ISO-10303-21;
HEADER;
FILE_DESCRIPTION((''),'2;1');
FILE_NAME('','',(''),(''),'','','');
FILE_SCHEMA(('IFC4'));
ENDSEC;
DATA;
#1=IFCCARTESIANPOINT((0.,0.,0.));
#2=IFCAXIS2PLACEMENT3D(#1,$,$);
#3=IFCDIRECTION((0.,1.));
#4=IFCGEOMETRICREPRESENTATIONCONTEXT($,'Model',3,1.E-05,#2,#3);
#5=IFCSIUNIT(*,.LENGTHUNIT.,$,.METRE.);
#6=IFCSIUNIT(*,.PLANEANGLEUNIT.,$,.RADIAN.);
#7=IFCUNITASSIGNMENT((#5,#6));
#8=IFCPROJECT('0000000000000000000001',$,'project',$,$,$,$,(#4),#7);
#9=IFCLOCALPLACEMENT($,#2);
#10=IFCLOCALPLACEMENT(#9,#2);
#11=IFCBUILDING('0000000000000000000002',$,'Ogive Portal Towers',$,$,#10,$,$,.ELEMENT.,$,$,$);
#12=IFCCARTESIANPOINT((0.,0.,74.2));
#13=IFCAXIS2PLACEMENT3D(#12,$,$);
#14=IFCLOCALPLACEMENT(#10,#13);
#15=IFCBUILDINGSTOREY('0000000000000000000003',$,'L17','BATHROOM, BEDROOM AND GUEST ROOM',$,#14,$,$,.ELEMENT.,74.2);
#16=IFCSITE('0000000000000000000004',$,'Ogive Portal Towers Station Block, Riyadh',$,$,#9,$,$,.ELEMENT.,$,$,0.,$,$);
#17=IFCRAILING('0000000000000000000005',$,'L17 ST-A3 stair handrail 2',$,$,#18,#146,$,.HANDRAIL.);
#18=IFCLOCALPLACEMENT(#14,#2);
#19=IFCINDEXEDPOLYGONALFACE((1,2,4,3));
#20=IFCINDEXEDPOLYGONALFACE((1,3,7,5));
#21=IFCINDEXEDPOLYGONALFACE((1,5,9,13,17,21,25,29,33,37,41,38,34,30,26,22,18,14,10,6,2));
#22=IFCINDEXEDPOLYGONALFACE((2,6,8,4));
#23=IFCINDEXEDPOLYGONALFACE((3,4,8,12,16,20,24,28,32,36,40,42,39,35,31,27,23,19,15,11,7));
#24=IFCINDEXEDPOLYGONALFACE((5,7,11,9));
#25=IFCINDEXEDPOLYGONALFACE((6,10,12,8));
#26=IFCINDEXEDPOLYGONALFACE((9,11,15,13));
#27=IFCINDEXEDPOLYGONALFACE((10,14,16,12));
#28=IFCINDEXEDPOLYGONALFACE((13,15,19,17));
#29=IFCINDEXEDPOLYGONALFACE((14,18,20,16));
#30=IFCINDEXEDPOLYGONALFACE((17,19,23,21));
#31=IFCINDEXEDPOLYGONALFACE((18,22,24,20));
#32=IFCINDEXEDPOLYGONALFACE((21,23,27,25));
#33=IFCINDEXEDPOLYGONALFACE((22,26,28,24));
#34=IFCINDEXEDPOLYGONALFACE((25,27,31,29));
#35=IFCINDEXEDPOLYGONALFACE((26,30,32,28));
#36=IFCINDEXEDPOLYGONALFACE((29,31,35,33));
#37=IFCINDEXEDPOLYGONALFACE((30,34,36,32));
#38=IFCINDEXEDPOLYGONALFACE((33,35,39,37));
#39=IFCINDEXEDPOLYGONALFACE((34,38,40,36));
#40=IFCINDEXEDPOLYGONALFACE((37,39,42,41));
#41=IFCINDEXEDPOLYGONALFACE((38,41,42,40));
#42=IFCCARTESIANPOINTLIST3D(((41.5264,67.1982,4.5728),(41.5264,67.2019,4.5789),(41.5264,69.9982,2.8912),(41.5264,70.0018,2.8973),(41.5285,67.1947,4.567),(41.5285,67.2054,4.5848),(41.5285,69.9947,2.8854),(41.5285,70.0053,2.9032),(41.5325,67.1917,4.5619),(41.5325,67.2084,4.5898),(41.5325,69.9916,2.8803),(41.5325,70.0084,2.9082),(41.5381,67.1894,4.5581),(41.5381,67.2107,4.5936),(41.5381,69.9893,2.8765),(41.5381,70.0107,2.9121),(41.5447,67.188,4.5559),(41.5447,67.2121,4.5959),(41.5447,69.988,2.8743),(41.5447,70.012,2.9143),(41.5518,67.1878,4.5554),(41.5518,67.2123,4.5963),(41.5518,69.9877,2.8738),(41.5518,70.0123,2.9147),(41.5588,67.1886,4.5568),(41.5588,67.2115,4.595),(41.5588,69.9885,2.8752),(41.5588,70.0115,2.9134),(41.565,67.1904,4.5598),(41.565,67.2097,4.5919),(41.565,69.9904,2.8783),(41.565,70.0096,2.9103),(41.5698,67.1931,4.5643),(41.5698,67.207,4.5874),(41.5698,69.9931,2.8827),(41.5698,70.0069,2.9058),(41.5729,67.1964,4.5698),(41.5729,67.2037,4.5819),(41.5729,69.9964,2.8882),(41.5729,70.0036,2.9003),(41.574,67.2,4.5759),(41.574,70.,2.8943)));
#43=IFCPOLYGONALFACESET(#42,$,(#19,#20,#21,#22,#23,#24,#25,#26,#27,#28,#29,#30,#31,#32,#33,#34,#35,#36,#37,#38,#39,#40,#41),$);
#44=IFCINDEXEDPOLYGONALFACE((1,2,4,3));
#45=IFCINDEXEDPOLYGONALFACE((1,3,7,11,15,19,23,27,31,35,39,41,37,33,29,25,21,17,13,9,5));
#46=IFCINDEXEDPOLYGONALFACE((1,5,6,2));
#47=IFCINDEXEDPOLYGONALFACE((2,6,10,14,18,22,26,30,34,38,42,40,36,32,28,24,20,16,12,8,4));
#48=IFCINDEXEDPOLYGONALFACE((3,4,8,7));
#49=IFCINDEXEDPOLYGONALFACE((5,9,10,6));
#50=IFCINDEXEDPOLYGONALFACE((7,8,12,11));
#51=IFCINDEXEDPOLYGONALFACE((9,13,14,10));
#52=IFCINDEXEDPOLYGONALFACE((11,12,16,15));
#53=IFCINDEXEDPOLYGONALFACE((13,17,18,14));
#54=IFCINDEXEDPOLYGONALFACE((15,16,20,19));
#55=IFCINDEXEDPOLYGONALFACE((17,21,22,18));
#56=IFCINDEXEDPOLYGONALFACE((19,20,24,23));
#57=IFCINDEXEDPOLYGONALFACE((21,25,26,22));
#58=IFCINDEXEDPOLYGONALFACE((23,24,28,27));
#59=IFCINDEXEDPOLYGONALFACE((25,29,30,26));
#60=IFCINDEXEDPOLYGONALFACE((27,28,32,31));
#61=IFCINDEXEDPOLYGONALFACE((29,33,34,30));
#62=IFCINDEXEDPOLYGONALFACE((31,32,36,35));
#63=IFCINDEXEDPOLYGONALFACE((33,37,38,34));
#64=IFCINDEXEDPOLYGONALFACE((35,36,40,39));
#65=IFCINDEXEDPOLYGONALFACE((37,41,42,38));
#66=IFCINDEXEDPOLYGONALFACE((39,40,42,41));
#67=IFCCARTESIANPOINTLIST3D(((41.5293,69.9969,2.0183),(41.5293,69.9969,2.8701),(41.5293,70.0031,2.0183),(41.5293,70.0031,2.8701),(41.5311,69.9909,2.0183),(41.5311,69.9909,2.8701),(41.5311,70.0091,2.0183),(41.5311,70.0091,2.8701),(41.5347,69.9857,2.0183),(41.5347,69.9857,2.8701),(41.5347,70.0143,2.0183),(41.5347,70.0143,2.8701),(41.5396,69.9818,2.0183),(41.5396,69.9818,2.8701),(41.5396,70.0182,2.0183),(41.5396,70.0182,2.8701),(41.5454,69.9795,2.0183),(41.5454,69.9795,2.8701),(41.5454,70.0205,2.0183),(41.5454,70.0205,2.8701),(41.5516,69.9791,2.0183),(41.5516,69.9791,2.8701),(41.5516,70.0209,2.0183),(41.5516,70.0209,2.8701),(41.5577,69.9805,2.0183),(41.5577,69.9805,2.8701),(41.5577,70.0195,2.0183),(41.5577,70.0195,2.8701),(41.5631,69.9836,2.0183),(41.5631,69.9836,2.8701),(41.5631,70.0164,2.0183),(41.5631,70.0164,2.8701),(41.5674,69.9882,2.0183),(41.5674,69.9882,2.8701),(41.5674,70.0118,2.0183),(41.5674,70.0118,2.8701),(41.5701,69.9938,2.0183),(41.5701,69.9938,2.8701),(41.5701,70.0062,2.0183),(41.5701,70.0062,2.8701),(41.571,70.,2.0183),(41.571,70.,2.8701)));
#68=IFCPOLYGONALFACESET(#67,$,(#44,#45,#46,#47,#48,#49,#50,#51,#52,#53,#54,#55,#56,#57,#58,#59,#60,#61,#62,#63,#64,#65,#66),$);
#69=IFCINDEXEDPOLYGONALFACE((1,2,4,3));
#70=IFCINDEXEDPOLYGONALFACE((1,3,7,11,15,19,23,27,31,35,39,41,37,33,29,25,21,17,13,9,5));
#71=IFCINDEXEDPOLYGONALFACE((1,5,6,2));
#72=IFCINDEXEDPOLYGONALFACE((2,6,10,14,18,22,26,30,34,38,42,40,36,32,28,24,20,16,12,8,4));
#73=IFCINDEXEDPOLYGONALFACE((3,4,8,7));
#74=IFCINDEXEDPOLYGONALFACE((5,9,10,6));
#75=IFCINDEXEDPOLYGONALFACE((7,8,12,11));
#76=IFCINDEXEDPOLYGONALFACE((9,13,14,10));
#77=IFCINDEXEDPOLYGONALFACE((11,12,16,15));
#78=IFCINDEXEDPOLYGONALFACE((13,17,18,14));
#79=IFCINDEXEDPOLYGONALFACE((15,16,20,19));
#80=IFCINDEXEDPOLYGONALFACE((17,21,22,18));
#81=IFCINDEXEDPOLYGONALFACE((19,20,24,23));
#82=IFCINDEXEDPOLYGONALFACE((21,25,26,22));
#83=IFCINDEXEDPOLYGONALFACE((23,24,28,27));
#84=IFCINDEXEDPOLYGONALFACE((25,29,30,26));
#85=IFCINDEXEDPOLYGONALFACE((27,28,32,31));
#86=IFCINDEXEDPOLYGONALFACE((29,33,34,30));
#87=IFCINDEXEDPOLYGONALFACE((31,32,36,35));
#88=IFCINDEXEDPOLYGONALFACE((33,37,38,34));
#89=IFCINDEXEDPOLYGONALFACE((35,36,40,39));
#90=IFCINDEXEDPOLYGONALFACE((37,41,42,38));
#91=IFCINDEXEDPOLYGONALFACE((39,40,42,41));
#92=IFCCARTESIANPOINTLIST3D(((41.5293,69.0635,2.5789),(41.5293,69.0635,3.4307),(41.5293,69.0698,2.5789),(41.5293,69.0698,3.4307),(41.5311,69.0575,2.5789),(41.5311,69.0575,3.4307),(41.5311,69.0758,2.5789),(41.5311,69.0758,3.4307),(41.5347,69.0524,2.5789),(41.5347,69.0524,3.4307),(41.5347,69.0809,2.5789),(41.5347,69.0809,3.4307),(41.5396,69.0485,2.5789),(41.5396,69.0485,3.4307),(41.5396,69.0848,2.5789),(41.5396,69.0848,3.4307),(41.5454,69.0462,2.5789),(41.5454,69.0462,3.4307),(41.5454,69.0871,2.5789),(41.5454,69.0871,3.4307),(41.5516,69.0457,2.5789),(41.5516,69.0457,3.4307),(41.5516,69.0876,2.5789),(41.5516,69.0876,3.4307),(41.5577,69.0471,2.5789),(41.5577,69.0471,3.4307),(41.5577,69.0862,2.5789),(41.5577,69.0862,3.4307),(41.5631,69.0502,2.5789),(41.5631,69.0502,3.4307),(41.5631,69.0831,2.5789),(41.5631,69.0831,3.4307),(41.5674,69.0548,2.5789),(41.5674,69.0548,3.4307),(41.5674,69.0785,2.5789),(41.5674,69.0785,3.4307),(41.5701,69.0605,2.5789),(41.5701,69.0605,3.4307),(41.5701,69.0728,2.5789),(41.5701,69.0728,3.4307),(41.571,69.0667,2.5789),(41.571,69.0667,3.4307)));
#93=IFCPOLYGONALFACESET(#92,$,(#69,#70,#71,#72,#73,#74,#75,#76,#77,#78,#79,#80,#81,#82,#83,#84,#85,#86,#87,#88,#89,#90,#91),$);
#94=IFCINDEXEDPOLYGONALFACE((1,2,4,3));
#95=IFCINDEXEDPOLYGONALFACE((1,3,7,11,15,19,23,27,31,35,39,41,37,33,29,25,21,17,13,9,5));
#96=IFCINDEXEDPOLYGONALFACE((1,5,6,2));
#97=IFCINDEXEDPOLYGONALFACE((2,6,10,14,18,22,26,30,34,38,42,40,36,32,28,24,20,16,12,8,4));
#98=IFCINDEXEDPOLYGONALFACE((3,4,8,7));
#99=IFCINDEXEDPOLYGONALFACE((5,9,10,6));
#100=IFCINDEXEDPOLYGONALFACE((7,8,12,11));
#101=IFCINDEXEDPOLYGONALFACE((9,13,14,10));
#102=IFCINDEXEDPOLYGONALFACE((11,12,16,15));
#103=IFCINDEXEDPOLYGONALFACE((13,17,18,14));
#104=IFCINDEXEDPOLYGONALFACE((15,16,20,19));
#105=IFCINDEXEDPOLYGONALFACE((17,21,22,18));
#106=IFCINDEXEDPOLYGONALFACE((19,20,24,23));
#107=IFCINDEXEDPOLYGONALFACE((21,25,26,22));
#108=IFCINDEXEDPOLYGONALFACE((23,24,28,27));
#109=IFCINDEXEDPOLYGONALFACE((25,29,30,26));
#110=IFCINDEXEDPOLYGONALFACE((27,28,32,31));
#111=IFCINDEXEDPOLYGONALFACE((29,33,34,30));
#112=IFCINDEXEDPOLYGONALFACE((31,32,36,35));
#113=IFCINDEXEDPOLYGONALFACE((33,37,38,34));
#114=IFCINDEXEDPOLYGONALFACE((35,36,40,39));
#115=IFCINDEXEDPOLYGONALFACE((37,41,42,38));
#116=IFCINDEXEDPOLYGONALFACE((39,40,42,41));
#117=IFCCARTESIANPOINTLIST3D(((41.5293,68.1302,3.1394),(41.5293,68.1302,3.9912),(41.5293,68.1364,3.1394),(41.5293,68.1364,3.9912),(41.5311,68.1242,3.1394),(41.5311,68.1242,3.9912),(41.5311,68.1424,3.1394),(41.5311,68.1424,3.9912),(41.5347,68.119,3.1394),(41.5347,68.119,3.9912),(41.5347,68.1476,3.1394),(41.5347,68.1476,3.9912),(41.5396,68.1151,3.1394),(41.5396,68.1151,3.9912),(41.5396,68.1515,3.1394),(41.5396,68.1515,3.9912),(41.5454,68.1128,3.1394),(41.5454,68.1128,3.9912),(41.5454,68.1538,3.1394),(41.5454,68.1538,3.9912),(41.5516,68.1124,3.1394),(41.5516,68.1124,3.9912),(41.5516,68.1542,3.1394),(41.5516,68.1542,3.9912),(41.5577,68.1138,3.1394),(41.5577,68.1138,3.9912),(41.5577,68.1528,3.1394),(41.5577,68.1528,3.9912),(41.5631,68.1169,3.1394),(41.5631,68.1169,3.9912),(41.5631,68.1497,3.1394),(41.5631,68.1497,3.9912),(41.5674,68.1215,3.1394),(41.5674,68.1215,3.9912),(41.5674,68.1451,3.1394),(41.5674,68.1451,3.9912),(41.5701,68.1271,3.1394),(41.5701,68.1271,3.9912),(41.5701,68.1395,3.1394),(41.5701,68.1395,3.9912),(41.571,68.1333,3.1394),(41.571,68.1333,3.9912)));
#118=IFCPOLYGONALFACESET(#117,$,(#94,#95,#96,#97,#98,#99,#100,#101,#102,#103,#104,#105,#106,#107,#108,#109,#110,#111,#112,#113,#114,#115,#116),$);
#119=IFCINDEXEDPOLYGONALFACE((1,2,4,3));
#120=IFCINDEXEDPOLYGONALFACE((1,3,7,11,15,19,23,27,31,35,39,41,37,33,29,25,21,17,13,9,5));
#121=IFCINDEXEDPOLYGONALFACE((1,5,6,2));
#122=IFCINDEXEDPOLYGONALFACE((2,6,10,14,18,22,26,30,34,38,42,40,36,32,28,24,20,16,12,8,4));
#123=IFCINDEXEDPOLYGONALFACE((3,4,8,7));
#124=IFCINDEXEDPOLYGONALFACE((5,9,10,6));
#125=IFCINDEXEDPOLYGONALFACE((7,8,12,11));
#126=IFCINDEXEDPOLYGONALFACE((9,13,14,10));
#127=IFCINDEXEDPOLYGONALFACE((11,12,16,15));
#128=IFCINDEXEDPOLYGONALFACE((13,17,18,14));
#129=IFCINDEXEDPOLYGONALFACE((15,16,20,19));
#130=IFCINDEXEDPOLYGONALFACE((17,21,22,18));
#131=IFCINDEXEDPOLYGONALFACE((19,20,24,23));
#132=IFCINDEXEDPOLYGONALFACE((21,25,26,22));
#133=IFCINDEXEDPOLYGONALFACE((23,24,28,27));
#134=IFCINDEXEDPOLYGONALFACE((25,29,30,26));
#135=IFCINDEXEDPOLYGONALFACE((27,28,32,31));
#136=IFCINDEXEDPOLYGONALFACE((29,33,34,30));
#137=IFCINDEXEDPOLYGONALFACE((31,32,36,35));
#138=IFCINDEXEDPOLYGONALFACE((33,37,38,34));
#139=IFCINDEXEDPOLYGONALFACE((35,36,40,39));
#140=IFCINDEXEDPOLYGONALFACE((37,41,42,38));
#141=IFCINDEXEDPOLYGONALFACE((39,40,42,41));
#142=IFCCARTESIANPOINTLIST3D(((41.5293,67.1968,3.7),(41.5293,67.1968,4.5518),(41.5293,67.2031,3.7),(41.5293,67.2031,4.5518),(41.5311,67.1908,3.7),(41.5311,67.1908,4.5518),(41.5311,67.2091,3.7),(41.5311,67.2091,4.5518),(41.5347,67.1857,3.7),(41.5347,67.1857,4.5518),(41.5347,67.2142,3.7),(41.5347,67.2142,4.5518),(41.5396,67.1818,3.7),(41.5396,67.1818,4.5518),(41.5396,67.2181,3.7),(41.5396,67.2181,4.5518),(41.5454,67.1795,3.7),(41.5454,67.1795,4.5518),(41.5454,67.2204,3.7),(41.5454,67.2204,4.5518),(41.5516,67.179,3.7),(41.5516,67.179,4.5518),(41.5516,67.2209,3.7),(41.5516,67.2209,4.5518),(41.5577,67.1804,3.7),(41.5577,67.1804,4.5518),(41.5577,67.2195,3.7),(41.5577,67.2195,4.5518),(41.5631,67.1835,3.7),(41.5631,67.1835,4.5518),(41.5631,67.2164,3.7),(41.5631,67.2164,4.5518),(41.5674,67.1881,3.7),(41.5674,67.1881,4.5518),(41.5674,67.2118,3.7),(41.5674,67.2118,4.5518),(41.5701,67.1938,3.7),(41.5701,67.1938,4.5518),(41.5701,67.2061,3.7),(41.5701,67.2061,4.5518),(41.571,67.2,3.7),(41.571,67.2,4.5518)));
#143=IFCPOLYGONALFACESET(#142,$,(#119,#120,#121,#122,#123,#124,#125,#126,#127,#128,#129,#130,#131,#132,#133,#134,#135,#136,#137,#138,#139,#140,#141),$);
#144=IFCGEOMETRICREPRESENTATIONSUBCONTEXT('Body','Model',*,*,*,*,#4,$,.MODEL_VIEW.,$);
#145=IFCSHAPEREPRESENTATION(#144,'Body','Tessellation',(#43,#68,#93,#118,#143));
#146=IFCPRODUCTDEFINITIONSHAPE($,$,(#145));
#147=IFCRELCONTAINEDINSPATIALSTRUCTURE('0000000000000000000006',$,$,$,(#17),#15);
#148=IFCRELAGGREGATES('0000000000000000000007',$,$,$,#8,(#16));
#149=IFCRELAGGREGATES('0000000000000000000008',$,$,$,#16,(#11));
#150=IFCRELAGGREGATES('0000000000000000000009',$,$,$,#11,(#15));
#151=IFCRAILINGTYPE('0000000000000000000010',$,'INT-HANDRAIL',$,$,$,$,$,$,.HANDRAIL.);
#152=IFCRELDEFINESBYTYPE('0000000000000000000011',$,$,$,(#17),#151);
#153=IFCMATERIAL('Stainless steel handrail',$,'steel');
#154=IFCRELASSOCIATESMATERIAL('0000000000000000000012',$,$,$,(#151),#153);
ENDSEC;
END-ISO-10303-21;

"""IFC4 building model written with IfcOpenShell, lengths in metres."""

from ifc_helpers import new_model, si_unit, direction, frame, origin, origin_2d, place, context, subcontext, project, spatial, circle, extrude, material, type_object, element, save


model = new_model("IFC4")

# Units and contexts
model_context = context("Model", 3, precision=1e-05, world=origin(), true_north=direction((0.0, 1.0)))
body_context = subcontext(model_context, "Body", "Model", "MODEL_VIEW")
ifc_project = project(units=[si_unit("LENGTHUNIT", "METRE"), si_unit("PLANEANGLEUNIT", "RADIAN")], contexts=[model_context])

# Site, building, storey
site_placement = place(None, origin())
site = spatial("IfcSite", under=ifc_project, at=site_placement, Name="Ogive Portal Towers Station Block, Riyadh", CompositionType="ELEMENT", RefElevation=0.0)
building_placement = place(site_placement, origin())
building = spatial("IfcBuilding", under=site, at=building_placement, Name="Ogive Portal Towers", CompositionType="ELEMENT")
storey_placement = place(building_placement, frame((0.0, 0.0, 74.2)))
storey = spatial("IfcBuildingStorey", under=building, at=storey_placement, Name="L17", Description="BATHROOM, BEDROOM AND GUEST ROOM", CompositionType="ELEMENT", Elevation=74.2)

# Railing
ifc_material_1 = material(Name="Stainless steel handrail", Category="steel")
railing_type_1 = type_object("IfcRailingType", Name="INT-HANDRAIL", PredefinedType="HANDRAIL", material=ifc_material_1)
railing_1_placement = place(storey_placement, frame((41.55, 70.0, 2.0183)))
element("IfcRailing", 1, at=railing_1_placement, inside=storey, type_object=railing_type_1, Name="L17 ST-A3 stair handrail 2", PredefinedType="HANDRAIL", context=body_context, shape_type="SweptSolid", body=[
    extrude(circle(Radius=0.0239, at=origin_2d()), frame((0.0, 0.0, 0.876), z_axis=(0.0, -0.857275, 0.514858), x_axis=(1.0, 0.0, 0.0)), (0.0, 0.0, 1.0), 3.2661),
    extrude(circle(Radius=0.021, at=origin_2d()), origin(), (0.0, 0.0, 1.0), 0.8518),
    extrude(circle(Radius=0.021, at=origin_2d()), frame((0.0, -0.9333, 0.5605)), (0.0, 0.0, 1.0), 0.8518),
    extrude(circle(Radius=0.021, at=origin_2d()), frame((0.0, -1.8667, 1.1211)), (0.0, 0.0, 1.0), 0.8518),
    extrude(circle(Radius=0.021, at=origin_2d()), frame((0.0, -2.8, 1.6816)), (0.0, 0.0, 1.0), 0.8518),
])

save(model, "model.ifc")
